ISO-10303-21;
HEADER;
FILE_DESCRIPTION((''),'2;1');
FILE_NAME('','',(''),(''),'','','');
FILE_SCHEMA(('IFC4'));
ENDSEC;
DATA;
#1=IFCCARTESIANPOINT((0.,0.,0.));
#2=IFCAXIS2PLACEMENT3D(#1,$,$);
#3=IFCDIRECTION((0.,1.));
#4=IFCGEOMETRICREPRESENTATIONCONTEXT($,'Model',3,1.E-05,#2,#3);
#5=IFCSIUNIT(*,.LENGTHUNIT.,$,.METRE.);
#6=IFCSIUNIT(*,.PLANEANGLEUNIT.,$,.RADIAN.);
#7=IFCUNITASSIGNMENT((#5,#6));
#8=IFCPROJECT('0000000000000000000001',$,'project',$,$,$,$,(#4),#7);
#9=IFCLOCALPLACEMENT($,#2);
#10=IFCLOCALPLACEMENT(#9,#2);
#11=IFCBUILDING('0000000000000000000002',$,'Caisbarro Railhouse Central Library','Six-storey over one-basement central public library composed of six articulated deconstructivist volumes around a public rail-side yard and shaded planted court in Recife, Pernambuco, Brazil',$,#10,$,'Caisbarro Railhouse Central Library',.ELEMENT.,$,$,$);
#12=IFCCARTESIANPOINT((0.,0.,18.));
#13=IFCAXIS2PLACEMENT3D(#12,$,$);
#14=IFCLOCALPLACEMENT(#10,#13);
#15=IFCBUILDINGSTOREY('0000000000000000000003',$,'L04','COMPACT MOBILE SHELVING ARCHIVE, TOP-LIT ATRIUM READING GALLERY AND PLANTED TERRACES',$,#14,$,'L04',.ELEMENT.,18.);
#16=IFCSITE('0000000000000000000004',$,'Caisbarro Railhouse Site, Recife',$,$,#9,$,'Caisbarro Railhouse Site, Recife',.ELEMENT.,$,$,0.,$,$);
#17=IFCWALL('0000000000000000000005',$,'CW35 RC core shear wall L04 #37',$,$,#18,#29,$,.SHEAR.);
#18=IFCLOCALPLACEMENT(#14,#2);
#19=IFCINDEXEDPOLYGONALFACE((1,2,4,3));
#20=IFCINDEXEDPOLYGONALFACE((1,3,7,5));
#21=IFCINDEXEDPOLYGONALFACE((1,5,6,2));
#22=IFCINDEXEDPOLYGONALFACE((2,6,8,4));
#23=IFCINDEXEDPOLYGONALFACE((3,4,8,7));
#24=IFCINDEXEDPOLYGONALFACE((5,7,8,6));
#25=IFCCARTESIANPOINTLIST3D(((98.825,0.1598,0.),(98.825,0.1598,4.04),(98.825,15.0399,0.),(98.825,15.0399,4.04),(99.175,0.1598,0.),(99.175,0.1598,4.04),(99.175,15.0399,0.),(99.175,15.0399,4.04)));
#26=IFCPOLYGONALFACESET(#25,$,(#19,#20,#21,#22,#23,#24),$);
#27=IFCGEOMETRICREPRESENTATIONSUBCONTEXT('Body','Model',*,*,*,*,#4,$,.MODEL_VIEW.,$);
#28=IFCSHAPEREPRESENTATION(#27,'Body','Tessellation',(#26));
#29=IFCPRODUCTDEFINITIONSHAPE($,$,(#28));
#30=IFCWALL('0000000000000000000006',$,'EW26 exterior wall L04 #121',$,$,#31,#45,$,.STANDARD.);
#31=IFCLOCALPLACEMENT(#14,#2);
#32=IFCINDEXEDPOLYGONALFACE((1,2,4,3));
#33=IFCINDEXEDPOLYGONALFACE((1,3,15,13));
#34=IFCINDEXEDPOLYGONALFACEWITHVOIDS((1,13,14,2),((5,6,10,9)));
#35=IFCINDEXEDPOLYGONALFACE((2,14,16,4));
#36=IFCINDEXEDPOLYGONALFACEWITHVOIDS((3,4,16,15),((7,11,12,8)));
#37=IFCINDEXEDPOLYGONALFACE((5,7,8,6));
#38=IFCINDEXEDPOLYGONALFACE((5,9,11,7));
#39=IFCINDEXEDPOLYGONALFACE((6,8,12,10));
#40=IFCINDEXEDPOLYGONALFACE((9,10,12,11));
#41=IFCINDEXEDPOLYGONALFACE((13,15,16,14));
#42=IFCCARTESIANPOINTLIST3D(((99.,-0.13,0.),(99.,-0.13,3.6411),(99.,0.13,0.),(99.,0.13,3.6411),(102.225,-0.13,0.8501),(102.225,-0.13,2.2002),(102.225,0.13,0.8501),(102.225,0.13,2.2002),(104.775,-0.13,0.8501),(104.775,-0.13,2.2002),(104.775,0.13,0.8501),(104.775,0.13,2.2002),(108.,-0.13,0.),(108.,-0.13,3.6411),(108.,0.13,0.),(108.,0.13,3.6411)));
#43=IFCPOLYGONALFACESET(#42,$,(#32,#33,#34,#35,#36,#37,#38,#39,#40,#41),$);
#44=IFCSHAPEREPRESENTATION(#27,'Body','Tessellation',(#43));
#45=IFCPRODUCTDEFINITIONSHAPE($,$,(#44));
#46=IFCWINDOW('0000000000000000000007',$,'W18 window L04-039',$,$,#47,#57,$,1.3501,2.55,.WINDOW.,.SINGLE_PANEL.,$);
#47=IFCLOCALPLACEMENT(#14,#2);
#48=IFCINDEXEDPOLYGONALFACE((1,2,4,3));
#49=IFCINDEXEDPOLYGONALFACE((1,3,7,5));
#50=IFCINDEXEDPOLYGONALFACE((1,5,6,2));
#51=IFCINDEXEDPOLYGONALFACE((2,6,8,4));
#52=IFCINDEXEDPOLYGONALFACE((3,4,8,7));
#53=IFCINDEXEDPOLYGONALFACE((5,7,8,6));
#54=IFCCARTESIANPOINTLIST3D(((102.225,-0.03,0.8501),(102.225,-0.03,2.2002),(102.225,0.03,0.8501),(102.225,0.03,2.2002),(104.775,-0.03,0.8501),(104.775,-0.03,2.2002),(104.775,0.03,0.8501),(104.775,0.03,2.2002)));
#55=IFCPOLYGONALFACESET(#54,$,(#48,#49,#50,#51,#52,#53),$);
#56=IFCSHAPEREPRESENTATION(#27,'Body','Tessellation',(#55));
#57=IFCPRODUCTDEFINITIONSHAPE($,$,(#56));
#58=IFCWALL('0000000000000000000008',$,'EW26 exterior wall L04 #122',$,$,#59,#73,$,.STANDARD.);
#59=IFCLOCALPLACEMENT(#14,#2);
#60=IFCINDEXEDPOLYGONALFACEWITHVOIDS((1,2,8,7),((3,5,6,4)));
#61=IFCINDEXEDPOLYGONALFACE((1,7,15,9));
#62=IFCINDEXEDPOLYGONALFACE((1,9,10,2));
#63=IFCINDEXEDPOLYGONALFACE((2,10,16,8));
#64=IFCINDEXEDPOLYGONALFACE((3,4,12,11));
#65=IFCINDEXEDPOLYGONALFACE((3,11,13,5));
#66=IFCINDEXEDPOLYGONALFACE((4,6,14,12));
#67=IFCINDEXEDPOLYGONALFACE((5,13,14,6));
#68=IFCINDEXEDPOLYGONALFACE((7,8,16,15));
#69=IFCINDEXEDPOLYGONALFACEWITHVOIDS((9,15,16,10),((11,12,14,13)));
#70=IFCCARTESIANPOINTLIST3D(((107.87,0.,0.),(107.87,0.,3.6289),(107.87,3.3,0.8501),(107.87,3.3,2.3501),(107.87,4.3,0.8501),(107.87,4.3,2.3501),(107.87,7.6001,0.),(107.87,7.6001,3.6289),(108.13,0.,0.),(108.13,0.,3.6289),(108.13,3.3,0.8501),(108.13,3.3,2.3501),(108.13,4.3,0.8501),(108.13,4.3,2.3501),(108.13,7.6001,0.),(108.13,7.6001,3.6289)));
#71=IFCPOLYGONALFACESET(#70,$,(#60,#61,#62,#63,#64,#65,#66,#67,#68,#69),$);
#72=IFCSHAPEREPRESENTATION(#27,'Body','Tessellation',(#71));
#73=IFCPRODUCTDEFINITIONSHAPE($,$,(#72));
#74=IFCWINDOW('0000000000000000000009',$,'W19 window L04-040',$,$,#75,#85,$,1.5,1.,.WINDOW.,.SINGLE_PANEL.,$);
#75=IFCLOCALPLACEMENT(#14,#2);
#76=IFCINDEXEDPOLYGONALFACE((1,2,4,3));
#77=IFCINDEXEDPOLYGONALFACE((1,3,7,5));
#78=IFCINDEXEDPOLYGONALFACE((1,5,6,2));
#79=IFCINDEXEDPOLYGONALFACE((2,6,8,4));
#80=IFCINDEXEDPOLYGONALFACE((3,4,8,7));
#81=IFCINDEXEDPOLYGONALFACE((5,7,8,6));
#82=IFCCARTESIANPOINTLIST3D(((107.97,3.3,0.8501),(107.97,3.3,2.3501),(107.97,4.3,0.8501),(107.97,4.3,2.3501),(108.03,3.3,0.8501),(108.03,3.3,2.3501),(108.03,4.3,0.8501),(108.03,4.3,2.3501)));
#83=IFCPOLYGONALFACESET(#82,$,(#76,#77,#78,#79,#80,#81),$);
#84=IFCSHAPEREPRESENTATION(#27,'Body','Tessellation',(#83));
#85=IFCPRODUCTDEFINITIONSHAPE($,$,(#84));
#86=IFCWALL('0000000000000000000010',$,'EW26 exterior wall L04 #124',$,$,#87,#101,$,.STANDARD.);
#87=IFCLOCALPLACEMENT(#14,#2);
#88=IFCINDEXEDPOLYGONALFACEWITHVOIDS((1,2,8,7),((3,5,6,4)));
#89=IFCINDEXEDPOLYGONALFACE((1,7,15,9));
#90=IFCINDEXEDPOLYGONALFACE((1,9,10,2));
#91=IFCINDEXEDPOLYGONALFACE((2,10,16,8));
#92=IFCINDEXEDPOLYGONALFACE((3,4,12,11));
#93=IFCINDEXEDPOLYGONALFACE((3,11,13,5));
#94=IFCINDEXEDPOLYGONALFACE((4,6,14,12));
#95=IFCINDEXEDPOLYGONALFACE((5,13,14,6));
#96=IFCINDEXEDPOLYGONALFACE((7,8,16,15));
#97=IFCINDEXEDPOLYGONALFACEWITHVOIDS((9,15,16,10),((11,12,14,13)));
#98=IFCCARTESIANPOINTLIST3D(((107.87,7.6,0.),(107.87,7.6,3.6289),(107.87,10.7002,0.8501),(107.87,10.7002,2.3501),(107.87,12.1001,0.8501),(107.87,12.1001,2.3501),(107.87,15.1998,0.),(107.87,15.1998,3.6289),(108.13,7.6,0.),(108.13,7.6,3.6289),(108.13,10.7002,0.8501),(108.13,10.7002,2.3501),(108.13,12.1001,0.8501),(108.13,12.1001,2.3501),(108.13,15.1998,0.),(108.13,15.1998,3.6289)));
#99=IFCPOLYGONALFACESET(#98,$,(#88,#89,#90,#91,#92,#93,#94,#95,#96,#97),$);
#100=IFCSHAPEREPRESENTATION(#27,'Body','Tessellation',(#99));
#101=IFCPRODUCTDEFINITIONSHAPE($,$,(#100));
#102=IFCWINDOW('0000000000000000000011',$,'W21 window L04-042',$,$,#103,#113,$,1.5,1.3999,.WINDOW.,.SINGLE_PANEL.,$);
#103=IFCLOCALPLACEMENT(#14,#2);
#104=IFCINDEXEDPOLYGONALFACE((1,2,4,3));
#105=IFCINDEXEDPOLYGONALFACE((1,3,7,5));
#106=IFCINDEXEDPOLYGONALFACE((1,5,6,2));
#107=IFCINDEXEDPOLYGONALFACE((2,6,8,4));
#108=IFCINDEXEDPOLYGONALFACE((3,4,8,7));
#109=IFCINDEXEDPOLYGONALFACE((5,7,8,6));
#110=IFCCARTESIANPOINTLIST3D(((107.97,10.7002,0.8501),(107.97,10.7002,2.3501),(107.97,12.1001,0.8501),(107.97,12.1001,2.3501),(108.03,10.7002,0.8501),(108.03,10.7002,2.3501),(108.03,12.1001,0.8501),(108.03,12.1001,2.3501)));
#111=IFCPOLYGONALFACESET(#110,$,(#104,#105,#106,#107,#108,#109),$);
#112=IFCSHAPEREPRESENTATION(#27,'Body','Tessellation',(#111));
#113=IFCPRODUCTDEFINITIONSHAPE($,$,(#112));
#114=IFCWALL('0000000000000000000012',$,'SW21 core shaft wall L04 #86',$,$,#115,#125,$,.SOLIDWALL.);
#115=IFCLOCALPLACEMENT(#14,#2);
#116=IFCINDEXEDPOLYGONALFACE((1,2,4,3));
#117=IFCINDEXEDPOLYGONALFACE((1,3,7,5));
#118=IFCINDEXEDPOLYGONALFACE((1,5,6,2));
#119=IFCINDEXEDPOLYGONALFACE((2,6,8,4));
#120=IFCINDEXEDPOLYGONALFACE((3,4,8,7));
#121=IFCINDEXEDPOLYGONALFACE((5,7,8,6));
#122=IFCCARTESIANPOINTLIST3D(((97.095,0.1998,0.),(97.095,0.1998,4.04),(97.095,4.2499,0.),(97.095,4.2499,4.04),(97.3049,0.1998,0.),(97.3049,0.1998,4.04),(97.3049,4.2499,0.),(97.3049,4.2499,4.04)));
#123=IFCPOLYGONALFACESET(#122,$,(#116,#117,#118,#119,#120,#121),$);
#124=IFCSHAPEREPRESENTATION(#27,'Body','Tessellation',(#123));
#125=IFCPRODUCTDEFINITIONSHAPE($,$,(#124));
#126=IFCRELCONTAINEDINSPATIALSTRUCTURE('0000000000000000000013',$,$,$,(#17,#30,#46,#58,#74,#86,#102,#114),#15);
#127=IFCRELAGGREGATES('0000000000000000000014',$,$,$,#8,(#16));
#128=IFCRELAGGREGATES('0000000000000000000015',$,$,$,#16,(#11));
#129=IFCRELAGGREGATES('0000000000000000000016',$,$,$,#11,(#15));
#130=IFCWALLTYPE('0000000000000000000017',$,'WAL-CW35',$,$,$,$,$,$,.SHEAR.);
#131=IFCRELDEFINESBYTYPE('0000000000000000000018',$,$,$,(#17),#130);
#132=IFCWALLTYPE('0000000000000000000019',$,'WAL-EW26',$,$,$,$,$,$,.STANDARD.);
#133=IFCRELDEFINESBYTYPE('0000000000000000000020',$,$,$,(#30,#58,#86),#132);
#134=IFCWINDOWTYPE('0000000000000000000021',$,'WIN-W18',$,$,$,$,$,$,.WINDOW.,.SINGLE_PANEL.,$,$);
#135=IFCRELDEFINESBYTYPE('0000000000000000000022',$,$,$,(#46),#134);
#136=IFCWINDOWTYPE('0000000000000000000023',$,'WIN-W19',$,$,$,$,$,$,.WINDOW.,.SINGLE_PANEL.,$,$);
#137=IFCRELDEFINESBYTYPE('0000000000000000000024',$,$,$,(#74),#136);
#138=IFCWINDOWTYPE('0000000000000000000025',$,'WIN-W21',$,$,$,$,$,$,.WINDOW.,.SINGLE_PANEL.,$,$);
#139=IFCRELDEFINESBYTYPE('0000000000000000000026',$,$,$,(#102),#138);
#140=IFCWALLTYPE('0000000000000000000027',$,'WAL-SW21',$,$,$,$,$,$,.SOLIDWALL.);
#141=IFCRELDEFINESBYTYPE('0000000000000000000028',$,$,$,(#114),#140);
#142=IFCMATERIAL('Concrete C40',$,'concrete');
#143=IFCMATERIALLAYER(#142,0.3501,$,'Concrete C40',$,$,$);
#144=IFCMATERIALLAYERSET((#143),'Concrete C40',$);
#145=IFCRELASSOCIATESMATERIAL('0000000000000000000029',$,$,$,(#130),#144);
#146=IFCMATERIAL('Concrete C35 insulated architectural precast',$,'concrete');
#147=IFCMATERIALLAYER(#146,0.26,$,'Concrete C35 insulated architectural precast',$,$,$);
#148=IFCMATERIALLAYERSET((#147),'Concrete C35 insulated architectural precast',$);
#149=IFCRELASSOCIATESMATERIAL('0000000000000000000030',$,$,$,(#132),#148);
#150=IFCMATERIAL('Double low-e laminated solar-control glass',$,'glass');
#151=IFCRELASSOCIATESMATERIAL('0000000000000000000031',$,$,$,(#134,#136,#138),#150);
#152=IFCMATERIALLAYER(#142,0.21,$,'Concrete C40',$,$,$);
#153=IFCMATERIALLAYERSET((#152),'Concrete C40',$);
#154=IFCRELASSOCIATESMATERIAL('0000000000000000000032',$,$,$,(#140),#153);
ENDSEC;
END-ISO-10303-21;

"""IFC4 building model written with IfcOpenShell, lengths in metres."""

from ifc_helpers import new_model, si_unit, direction, frame, frame_2d, origin, place, context, subcontext, project, spatial, rectangle, extrude, material, layer, layer_set, type_object, element, fill, save


model = new_model("IFC4")

# Units and contexts
model_context = context("Model", 3, precision=1e-05, world=origin(), true_north=direction((0.0, 1.0)))
body_context = subcontext(model_context, "Body", "Model", "MODEL_VIEW")
ifc_project = project(units=[si_unit("LENGTHUNIT", "METRE"), si_unit("PLANEANGLEUNIT", "RADIAN")], contexts=[model_context])

# Site, building, storey
site_placement = place(None, origin())
site = spatial("IfcSite", under=ifc_project, at=site_placement, Name="Caisbarro Railhouse Site, Recife", LongName="Caisbarro Railhouse Site, Recife", CompositionType="ELEMENT", RefElevation=0.0)
building_placement = place(site_placement, origin())
building = spatial("IfcBuilding", under=site, at=building_placement, Name="Caisbarro Railhouse Central Library", Description="Six-storey over one-basement central public library composed of six articulated deconstructivist volumes around a public rail-side yard and shaded planted court in Recife, Pernambuco, Brazil", LongName="Caisbarro Railhouse Central Library", CompositionType="ELEMENT")
storey_placement = place(building_placement, frame((0.0, 0.0, 18.0)))
storey = spatial("IfcBuildingStorey", under=building, at=storey_placement, Name="L04", Description="COMPACT MOBILE SHELVING ARCHIVE, TOP-LIT ATRIUM READING GALLERY AND PLANTED TERRACES", LongName="L04", CompositionType="ELEMENT", Elevation=18.0)

# Wall
ifc_material_1 = material(Name="Concrete C40", Category="concrete")
ifc_layer_1 = layer(ifc_material_1, 0.3501, Name="Concrete C40")
ifc_layer_set_1 = layer_set([ifc_layer_1], Name="Concrete C40")
wall_type_1 = type_object("IfcWallType", Name="WAL-CW35", PredefinedType="SHEAR", material=ifc_layer_set_1)
wall_1_placement = place(storey_placement, frame((99.0, 0.1599, 0.0), z_axis=(0.0, 0.0, 1.0), x_axis=(0.0, 1.0, 0.0)))
element("IfcWall", 1, at=wall_1_placement, inside=storey, type_object=wall_type_1, Name="CW35 RC core shear wall L04 #37", PredefinedType="SHEAR", context=body_context, shape_type="SweptSolid", body=[
    extrude(rectangle(XDim=14.8801, YDim=0.3501, at=frame_2d((7.4399, 0.0))), origin(), (0.0, 0.0, 1.0), 4.04),
])

# Walls, openings, windows
ifc_material_2 = material(Name="Concrete C35 insulated architectural precast", Category="concrete")
ifc_layer_2 = layer(ifc_material_2, 0.26, Name="Concrete C35 insulated architectural precast")
ifc_layer_set_2 = layer_set([ifc_layer_2], Name="Concrete C35 insulated architectural precast")
wall_type_2 = type_object("IfcWallType", Name="WAL-EW26", PredefinedType="STANDARD", material=ifc_layer_set_2)
wall_2_placement = place(storey_placement, frame((99.0, 0.0, 0.0), z_axis=(0.0, 0.0, 1.0), x_axis=(1.0, 0.0, 0.0)))
wall_2 = element("IfcWall", 2, at=wall_2_placement, inside=storey, type_object=wall_type_2, Name="EW26 exterior wall L04 #121", PredefinedType="STANDARD", context=body_context, shape_type="SweptSolid", body=[
    extrude(rectangle(XDim=9.0, YDim=0.26, at=frame_2d((4.5, 0.0))), origin(), (0.0, 0.0, 1.0), 3.6411),
])
opening_1_placement = place(wall_2_placement, frame((3.2251, 0.0, 0.8501)))
opening_1 = element("IfcOpeningElement", 3, at=opening_1_placement, cuts=wall_2, PredefinedType="OPENING", context=body_context, shape_type="SweptSolid", body=[
    extrude(rectangle(XDim=2.55, YDim=1.3501, at=frame_2d((1.2749, 0.675))), frame((0.0, 0.1401, 0.0), z_axis=(0.0, -1.0, 0.0), x_axis=(1.0, 0.0, 0.0)), (0.0, 0.0, 1.0), 0.28),
])
ifc_material_3 = material(Name="Double low-e laminated solar-control glass", Category="glass")
window_type_1 = type_object("IfcWindowType", Name="WIN-W18", PartitioningType="SINGLE_PANEL", PredefinedType="WINDOW", material=ifc_material_3)
window_1_placement = place(opening_1_placement, origin())
window_1 = element("IfcWindow", 4, at=window_1_placement, inside=storey, type_object=window_type_1, Name="W18 window L04-039", OverallHeight=1.3501, OverallWidth=2.55, PartitioningType="SINGLE_PANEL", PredefinedType="WINDOW", context=body_context, shape_type="SweptSolid", body=[
    extrude(rectangle(XDim=2.55, YDim=1.3501, at=frame_2d((1.2749, 0.675))), frame((0.0, 0.03, 0.0), z_axis=(0.0, -1.0, 0.0), x_axis=(1.0, 0.0, 0.0)), (0.0, 0.0, 1.0), 0.0601),
])
fill(opening_1, window_1)
wall_3_placement = place(storey_placement, frame((108.0, 0.0, 0.0), z_axis=(0.0, 0.0, 1.0), x_axis=(0.0, 1.0, 0.0)))
wall_3 = element("IfcWall", 5, at=wall_3_placement, inside=storey, type_object=wall_type_2, Name="EW26 exterior wall L04 #122", PredefinedType="STANDARD", context=body_context, shape_type="SweptSolid", body=[
    extrude(rectangle(XDim=7.6001, YDim=0.26, at=frame_2d((3.8, 0.0))), origin(), (0.0, 0.0, 1.0), 3.6289),
])
opening_2_placement = place(wall_3_placement, frame((3.3, 0.0, 0.8501)))
opening_2 = element("IfcOpeningElement", 6, at=opening_2_placement, cuts=wall_3, PredefinedType="OPENING", context=body_context, shape_type="SweptSolid", body=[
    extrude(rectangle(XDim=1.0, YDim=1.5, at=frame_2d((0.5, 0.75))), frame((0.0, 0.1401, 0.0), z_axis=(0.0, -1.0, 0.0), x_axis=(1.0, 0.0, 0.0)), (0.0, 0.0, 1.0), 0.28),
])
window_type_2 = type_object("IfcWindowType", Name="WIN-W19", PartitioningType="SINGLE_PANEL", PredefinedType="WINDOW", material=ifc_material_3)
window_2_placement = place(opening_2_placement, origin())
window_2 = element("IfcWindow", 7, at=window_2_placement, inside=storey, type_object=window_type_2, Name="W19 window L04-040", OverallHeight=1.5, OverallWidth=1.0, PartitioningType="SINGLE_PANEL", PredefinedType="WINDOW", context=body_context, shape_type="SweptSolid", body=[
    extrude(rectangle(XDim=1.0, YDim=1.5, at=frame_2d((0.5, 0.75))), frame((0.0, 0.03, 0.0), z_axis=(0.0, -1.0, 0.0), x_axis=(1.0, 0.0, 0.0)), (0.0, 0.0, 1.0), 0.0601),
])
fill(opening_2, window_2)
wall_4_placement = place(storey_placement, frame((108.0, 7.6001, 0.0), z_axis=(0.0, 0.0, 1.0), x_axis=(0.0, 1.0, 0.0)))
wall_4 = element("IfcWall", 8, at=wall_4_placement, inside=storey, type_object=wall_type_2, Name="EW26 exterior wall L04 #124", PredefinedType="STANDARD", context=body_context, shape_type="SweptSolid", body=[
    extrude(rectangle(XDim=7.5999, YDim=0.26, at=frame_2d((3.7998, 0.0))), origin(), (0.0, 0.0, 1.0), 3.6289),
])
opening_3_placement = place(wall_4_placement, frame((3.1001, 0.0, 0.8501)))
opening_3 = element("IfcOpeningElement", 9, at=opening_3_placement, cuts=wall_4, PredefinedType="OPENING", context=body_context, shape_type="SweptSolid", body=[
    extrude(rectangle(XDim=1.3999, YDim=1.5, at=frame_2d((0.7, 0.75))), frame((0.0, 0.1401, 0.0), z_axis=(0.0, -1.0, 0.0), x_axis=(1.0, 0.0, 0.0)), (0.0, 0.0, 1.0), 0.28),
])
window_type_3 = type_object("IfcWindowType", Name="WIN-W21", PartitioningType="SINGLE_PANEL", PredefinedType="WINDOW", material=ifc_material_3)
window_3_placement = place(opening_3_placement, origin())
window_3 = element("IfcWindow", 10, at=window_3_placement, inside=storey, type_object=window_type_3, Name="W21 window L04-042", OverallHeight=1.5, OverallWidth=1.3999, PartitioningType="SINGLE_PANEL", PredefinedType="WINDOW", context=body_context, shape_type="SweptSolid", body=[
    extrude(rectangle(XDim=1.3999, YDim=1.5, at=frame_2d((0.7, 0.75))), frame((0.0, 0.03, 0.0), z_axis=(0.0, -1.0, 0.0), x_axis=(1.0, 0.0, 0.0)), (0.0, 0.0, 1.0), 0.0601),
])
fill(opening_3, window_3)

# Wall
ifc_layer_3 = layer(ifc_material_1, 0.21, Name="Concrete C40")
ifc_layer_set_3 = layer_set([ifc_layer_3], Name="Concrete C40")
wall_type_3 = type_object("IfcWallType", Name="WAL-SW21", PredefinedType="SOLIDWALL", material=ifc_layer_set_3)
wall_5_placement = place(storey_placement, frame((97.2, 0.2, 0.0), z_axis=(0.0, 0.0, 1.0), x_axis=(0.0, 1.0, 0.0)))
element("IfcWall", 11, at=wall_5_placement, inside=storey, type_object=wall_type_3, Name="SW21 core shaft wall L04 #86", PredefinedType="SOLIDWALL", context=body_context, shape_type="SweptSolid", body=[
    extrude(rectangle(XDim=4.05, YDim=0.21, at=frame_2d((2.0249, 0.0))), origin(), (0.0, 0.0, 1.0), 4.04),
])

save(model, "model.ifc")
